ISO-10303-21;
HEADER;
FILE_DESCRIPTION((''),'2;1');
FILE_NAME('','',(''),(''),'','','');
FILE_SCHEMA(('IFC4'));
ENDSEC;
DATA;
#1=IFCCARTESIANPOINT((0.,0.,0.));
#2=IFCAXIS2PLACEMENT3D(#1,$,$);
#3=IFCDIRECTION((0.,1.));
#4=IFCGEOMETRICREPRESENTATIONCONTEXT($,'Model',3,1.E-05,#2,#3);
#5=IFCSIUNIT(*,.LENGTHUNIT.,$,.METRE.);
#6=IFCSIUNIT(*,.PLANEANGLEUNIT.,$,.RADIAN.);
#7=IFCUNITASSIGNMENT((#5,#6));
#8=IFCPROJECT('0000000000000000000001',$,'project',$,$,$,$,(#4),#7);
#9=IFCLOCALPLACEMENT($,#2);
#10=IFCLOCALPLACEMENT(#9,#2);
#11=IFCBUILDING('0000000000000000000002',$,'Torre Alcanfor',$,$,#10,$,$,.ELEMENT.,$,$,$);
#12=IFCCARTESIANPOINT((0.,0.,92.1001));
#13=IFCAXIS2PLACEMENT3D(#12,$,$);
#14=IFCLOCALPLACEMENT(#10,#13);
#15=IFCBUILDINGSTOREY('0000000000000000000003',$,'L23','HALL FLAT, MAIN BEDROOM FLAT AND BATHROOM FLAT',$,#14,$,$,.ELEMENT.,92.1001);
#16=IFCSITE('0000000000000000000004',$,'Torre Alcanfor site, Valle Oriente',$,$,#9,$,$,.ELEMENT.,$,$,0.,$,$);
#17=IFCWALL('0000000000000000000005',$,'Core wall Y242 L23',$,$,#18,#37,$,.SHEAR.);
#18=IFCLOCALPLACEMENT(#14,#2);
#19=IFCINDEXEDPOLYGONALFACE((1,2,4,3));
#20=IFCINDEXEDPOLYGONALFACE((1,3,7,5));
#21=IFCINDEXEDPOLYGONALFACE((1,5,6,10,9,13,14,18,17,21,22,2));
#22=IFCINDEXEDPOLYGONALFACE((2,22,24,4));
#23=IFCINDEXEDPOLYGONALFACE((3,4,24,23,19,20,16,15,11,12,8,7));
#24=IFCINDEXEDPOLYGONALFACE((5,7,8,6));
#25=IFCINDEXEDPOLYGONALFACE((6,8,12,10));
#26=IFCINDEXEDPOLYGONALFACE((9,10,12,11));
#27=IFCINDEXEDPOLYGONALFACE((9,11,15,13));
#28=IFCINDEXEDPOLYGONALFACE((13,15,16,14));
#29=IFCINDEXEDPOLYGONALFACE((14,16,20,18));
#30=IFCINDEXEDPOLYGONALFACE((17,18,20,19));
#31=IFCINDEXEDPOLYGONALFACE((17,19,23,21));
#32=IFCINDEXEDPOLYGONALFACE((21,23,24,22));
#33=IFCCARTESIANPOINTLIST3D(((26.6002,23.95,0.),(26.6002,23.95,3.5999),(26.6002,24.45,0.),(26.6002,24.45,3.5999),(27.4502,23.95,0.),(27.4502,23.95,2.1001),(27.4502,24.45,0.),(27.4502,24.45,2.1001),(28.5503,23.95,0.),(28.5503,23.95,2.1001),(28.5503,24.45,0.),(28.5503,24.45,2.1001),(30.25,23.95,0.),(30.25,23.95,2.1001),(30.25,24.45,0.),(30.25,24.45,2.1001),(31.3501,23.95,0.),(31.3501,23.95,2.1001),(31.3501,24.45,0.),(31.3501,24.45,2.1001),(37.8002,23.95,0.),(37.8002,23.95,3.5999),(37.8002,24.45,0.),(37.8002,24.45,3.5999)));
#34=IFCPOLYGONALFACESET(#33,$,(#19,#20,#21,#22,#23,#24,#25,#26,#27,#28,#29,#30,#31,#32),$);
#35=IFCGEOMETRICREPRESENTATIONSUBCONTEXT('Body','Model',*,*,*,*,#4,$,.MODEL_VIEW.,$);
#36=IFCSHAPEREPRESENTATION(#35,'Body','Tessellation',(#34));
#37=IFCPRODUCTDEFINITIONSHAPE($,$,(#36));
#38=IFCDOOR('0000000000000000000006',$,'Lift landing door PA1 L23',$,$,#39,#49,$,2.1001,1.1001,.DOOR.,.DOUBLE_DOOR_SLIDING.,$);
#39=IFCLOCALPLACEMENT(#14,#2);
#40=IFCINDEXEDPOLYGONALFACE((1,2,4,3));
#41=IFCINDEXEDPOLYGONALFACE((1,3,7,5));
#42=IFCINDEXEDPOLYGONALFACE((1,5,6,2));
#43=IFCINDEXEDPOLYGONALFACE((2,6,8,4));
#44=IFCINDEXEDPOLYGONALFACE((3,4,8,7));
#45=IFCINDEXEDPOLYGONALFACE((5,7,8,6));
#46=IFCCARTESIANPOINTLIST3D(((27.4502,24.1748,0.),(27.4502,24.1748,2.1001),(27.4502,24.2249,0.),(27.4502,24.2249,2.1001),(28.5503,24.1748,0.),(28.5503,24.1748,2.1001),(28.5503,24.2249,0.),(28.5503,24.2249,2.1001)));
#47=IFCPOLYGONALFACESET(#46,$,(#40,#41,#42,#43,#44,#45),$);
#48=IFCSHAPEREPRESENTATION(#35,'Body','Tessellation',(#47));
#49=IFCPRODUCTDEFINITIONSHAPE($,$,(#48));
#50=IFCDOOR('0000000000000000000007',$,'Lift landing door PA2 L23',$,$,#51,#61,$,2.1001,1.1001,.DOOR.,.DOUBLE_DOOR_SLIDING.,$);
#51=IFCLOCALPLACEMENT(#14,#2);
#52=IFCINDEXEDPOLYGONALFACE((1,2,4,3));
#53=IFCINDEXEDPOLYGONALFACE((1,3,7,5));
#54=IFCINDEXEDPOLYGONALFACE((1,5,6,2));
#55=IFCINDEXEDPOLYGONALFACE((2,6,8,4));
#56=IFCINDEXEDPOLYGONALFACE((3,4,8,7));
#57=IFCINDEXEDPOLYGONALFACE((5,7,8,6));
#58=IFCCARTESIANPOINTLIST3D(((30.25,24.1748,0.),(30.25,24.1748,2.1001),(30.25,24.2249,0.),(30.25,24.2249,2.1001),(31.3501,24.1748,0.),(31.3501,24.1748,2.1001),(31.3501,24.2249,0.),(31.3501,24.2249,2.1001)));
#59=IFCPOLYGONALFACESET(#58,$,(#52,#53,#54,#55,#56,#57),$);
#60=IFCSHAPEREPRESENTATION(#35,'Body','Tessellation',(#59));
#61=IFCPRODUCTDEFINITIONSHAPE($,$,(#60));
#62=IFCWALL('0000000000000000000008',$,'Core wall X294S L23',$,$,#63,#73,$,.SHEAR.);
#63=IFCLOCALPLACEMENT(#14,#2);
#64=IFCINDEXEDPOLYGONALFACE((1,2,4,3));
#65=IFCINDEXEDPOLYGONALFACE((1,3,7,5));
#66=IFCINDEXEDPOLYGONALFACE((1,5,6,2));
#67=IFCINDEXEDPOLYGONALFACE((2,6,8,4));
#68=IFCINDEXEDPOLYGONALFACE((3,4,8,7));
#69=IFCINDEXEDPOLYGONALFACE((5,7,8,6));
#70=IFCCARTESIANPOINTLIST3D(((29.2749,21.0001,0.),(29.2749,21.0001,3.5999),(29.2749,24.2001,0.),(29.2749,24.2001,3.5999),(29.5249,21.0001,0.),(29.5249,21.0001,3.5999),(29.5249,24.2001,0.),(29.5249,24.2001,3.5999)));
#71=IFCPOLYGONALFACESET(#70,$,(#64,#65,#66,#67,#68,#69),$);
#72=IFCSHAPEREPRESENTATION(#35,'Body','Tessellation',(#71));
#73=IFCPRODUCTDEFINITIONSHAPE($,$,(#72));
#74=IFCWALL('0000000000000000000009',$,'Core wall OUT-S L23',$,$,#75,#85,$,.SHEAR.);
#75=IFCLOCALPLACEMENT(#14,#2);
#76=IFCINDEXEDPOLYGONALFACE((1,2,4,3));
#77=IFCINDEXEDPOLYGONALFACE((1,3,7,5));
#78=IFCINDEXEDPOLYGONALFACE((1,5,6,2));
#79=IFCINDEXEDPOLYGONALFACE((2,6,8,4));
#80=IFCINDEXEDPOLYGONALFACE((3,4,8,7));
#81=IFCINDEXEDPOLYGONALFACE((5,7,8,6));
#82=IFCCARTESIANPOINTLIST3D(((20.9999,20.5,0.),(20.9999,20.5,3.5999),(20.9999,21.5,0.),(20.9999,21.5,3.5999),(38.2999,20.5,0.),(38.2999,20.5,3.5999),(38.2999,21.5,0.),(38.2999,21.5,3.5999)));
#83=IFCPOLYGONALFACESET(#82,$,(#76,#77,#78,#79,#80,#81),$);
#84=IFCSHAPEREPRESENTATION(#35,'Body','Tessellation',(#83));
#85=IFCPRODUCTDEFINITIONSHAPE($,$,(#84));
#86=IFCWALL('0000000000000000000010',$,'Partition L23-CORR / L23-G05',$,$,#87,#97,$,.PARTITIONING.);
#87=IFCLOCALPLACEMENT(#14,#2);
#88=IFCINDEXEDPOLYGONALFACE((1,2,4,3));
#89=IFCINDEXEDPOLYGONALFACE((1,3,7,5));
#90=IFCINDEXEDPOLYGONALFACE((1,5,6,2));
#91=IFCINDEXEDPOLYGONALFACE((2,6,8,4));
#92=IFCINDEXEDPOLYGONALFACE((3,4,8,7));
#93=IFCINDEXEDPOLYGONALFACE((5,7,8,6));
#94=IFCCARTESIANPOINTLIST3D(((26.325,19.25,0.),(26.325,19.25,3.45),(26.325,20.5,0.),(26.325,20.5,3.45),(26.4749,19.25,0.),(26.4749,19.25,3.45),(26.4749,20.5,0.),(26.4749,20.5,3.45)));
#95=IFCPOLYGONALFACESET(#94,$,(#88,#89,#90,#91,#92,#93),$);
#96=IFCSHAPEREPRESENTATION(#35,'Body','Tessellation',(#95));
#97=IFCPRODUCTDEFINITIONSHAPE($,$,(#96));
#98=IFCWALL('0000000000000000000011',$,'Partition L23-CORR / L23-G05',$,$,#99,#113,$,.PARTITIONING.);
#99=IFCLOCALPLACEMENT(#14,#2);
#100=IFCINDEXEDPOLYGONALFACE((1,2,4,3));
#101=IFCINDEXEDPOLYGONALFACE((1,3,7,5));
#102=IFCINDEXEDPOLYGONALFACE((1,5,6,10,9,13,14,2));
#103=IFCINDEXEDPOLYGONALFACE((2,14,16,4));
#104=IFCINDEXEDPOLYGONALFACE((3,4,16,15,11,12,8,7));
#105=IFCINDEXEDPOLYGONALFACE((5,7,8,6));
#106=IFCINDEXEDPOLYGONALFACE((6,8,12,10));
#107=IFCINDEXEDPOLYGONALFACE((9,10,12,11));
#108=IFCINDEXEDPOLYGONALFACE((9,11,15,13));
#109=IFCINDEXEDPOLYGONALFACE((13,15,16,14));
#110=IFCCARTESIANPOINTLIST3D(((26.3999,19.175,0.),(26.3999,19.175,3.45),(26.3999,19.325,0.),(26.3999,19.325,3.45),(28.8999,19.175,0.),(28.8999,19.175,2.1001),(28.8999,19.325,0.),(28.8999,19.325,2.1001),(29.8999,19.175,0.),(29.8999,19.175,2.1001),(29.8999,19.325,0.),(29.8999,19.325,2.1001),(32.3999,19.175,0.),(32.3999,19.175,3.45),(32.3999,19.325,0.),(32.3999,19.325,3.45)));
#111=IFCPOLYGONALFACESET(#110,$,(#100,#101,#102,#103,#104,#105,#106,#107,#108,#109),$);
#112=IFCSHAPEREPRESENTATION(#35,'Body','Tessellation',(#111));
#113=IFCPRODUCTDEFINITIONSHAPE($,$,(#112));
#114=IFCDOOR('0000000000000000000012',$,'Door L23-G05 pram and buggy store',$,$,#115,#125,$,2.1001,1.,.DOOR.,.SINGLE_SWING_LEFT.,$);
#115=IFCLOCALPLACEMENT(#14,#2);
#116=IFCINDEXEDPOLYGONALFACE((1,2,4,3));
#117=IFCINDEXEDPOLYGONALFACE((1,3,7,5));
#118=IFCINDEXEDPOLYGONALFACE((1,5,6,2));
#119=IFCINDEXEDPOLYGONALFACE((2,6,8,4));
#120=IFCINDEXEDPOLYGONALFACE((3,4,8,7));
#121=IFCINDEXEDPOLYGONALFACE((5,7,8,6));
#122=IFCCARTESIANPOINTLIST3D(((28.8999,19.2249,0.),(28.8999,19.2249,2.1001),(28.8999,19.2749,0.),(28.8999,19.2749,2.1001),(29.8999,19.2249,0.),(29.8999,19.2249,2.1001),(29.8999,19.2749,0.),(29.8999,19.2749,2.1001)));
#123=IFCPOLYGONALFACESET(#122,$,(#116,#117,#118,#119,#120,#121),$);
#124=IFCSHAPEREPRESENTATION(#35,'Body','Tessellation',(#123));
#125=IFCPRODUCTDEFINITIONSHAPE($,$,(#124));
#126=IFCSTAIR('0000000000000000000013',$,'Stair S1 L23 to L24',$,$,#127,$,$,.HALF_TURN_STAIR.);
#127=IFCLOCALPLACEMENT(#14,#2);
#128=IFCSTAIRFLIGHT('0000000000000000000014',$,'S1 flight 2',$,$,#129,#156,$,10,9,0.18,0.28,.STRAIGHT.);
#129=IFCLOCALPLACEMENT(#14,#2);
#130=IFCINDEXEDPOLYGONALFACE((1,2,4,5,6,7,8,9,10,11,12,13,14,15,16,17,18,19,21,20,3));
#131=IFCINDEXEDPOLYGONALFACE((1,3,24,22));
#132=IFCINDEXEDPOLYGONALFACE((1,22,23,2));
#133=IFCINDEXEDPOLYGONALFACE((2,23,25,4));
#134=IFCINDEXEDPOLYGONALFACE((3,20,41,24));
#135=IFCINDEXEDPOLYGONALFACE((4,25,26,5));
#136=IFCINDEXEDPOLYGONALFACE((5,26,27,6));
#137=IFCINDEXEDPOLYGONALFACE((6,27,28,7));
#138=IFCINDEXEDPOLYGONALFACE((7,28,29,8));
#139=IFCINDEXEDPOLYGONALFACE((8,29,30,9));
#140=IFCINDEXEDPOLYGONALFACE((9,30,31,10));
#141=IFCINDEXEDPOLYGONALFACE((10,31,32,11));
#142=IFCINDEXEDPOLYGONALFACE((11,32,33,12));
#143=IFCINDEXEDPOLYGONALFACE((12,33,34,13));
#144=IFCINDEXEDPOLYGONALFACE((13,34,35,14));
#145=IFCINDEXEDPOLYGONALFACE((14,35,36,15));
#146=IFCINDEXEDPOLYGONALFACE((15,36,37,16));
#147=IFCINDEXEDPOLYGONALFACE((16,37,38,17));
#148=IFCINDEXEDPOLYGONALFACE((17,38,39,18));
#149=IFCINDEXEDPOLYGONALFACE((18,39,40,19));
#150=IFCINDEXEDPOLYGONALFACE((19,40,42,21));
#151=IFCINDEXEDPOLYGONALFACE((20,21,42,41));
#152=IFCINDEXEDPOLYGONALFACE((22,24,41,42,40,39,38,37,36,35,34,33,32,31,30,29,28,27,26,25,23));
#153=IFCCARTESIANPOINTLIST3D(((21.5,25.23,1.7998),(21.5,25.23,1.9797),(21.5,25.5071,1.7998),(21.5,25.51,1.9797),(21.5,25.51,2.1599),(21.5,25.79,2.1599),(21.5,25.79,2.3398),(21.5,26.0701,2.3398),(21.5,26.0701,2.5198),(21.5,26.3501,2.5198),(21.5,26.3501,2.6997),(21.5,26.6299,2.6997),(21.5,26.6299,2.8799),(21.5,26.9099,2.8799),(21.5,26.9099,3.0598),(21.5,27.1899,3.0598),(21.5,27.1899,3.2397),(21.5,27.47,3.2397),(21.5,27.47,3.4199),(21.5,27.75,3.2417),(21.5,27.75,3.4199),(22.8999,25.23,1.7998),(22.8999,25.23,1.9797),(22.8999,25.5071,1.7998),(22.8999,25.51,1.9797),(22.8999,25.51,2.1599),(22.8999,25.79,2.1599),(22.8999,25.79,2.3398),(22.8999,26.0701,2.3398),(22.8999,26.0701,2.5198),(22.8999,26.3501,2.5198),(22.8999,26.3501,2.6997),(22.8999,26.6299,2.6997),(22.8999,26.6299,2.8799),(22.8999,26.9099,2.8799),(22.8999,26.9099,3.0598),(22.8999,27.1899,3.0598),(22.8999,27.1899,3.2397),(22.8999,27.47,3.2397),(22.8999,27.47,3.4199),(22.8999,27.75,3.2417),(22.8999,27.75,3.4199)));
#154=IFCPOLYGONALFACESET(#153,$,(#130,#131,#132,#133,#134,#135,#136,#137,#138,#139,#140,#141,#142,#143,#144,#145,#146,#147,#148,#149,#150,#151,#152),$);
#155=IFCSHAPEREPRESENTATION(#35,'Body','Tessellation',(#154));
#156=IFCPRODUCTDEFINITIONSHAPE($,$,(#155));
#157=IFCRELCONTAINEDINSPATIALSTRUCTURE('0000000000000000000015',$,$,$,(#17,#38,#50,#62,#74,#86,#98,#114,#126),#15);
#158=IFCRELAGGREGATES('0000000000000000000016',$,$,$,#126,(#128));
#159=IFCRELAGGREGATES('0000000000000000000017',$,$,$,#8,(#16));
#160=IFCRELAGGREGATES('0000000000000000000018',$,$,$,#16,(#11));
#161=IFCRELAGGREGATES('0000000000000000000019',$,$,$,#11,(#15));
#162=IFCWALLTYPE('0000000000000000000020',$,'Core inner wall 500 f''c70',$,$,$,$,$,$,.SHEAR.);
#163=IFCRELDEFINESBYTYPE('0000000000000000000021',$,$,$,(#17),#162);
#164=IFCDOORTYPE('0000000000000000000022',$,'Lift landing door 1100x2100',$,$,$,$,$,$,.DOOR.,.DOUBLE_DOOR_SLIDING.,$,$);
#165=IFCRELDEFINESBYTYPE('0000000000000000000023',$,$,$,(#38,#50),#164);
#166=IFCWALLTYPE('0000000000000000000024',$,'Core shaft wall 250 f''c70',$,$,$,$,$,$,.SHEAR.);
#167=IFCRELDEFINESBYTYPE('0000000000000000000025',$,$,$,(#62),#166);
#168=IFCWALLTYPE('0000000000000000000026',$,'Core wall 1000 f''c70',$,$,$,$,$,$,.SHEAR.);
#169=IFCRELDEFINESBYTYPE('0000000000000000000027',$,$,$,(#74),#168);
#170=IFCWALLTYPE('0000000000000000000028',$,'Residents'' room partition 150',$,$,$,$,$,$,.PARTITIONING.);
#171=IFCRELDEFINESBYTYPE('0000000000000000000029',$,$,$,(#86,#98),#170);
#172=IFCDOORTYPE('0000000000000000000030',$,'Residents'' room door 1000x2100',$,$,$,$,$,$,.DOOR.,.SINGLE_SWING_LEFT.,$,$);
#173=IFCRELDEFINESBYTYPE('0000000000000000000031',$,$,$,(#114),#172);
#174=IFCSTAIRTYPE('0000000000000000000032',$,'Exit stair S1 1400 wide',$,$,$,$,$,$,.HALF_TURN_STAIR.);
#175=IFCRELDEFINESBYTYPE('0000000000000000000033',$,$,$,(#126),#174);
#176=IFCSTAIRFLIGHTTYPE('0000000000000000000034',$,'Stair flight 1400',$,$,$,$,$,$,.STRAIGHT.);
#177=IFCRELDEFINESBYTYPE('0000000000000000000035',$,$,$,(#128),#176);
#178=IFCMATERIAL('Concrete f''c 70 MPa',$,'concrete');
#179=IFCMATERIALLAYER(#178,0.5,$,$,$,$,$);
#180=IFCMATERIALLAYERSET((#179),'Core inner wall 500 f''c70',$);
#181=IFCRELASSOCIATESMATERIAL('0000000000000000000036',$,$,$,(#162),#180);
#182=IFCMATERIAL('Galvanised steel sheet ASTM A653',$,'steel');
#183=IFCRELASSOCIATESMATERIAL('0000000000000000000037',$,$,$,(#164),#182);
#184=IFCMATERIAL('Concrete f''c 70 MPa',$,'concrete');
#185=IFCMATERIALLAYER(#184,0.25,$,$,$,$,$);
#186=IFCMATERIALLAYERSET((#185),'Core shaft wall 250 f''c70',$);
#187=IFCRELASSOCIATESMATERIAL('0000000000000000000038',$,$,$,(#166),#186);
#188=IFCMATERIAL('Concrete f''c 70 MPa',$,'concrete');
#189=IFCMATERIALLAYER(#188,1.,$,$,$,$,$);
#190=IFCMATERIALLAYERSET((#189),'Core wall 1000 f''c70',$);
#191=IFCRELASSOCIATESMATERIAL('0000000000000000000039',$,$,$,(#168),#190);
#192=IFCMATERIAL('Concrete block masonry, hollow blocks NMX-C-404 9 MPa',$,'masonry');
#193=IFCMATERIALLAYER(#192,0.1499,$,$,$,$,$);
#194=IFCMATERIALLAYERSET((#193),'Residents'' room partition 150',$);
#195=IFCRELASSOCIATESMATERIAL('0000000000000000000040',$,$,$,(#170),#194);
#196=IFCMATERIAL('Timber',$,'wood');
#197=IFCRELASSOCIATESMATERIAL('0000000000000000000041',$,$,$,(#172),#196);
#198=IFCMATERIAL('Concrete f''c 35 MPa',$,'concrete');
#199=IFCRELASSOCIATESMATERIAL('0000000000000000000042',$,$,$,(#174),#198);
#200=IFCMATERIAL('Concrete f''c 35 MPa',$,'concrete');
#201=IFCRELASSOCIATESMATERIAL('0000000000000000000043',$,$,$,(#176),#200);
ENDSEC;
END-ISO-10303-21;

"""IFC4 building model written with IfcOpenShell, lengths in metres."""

from ifc_helpers import new_model, si_unit, direction, frame, frame_2d, origin, place, context, subcontext, project, spatial, polyline, rectangle, outline, extrude, material, layer, layer_set, type_object, element, fill, aggregate, save


model = new_model("IFC4")

# Units and contexts
model_context = context("Model", 3, precision=1e-05, world=origin(), true_north=direction((0.0, 1.0)))
body_context = subcontext(model_context, "Body", "Model", "MODEL_VIEW")
ifc_project = project(units=[si_unit("LENGTHUNIT", "METRE"), si_unit("PLANEANGLEUNIT", "RADIAN")], contexts=[model_context])

# Site, building, storey
site_placement = place(None, origin())
site = spatial("IfcSite", under=ifc_project, at=site_placement, Name="Torre Alcanfor site, Valle Oriente", CompositionType="ELEMENT", RefElevation=0.0)
building_placement = place(site_placement, origin())
building = spatial("IfcBuilding", under=site, at=building_placement, Name="Torre Alcanfor", CompositionType="ELEMENT")
storey_placement = place(building_placement, frame((0.0, 0.0, 92.1001)))
storey = spatial("IfcBuildingStorey", under=building, at=storey_placement, Name="L23", Description="HALL FLAT, MAIN BEDROOM FLAT AND BATHROOM FLAT", CompositionType="ELEMENT", Elevation=92.1001)

# Shared definitions
ifc_material_1 = material(Name="Concrete f'c 70 MPa", Category="concrete")
ifc_layer_1 = layer(ifc_material_1, 0.5)
ifc_layer_set_1 = layer_set([ifc_layer_1], Name="Core inner wall 500 f'c70")
wall_type_1 = type_object("IfcWallType", Name="Core inner wall 500 f'c70", PredefinedType="SHEAR", material=ifc_layer_set_1)

# Wall, openings, doors
wall_1_placement = place(storey_placement, frame((26.6001, 24.2, 0.0), z_axis=(0.0, 0.0, 1.0), x_axis=(1.0, 0.0, 0.0)))
wall_1 = element("IfcWall", 1, at=wall_1_placement, inside=storey, type_object=wall_type_1, Name="Core wall Y242 L23", PredefinedType="SHEAR", context=body_context, shape_type="SweptSolid", body=[
    extrude(rectangle(XDim=11.2, YDim=0.5, at=frame_2d((5.6001, 0.0))), origin(), (0.0, 0.0, 1.0), 3.5999),
])
opening_1_placement = place(wall_1_placement, frame((0.8501, 0.0, 0.0)))
opening_1 = element("IfcOpeningElement", 2, at=opening_1_placement, cuts=wall_1, PredefinedType="OPENING", context=body_context, shape_type="SweptSolid", body=[
    extrude(rectangle(XDim=1.1001, YDim=2.1001, at=frame_2d((0.55, 1.05))), frame((0.0, 0.26, 0.0), z_axis=(0.0, -1.0, 0.0), x_axis=(1.0, 0.0, 0.0)), (0.0, 0.0, 1.0), 0.52),
])
opening_2_placement = place(wall_1_placement, frame((3.6499, 0.0, 0.0)))
opening_2 = element("IfcOpeningElement", 3, at=opening_2_placement, cuts=wall_1, PredefinedType="OPENING", context=body_context, shape_type="SweptSolid", body=[
    extrude(rectangle(XDim=1.1001, YDim=2.1001, at=frame_2d((0.55, 1.05))), frame((0.0, 0.26, 0.0), z_axis=(0.0, -1.0, 0.0), x_axis=(1.0, 0.0, 0.0)), (0.0, 0.0, 1.0), 0.52),
])
ifc_material_2 = material(Name="Galvanised steel sheet ASTM A653", Category="steel")
door_type_1 = type_object("IfcDoorType", Name="Lift landing door 1100x2100", OperationType="DOUBLE_DOOR_SLIDING", PredefinedType="DOOR", material=ifc_material_2)
door_1_placement = place(opening_1_placement, origin())
door_1 = element("IfcDoor", 4, at=door_1_placement, inside=storey, type_object=door_type_1, Name="Lift landing door PA1 L23", OperationType="DOUBLE_DOOR_SLIDING", OverallHeight=2.1001, OverallWidth=1.1001, PredefinedType="DOOR", context=body_context, shape_type="SweptSolid", body=[
    extrude(rectangle(XDim=1.1001, YDim=2.1001, at=frame_2d((0.55, 1.05))), frame((0.0, 0.0249, 0.0), z_axis=(0.0, -1.0, 0.0), x_axis=(1.0, 0.0, 0.0)), (0.0, 0.0, 1.0), 0.05),
])
fill(opening_1, door_1)
door_2_placement = place(opening_2_placement, origin())
door_2 = element("IfcDoor", 5, at=door_2_placement, inside=storey, type_object=door_type_1, Name="Lift landing door PA2 L23", OperationType="DOUBLE_DOOR_SLIDING", OverallHeight=2.1001, OverallWidth=1.1001, PredefinedType="DOOR", context=body_context, shape_type="SweptSolid", body=[
    extrude(rectangle(XDim=1.1001, YDim=2.1001, at=frame_2d((0.55, 1.05))), frame((0.0, 0.0249, 0.0), z_axis=(0.0, -1.0, 0.0), x_axis=(1.0, 0.0, 0.0)), (0.0, 0.0, 1.0), 0.05),
])
fill(opening_2, door_2)

# Walls
ifc_material_3 = material(Name="Concrete f'c 70 MPa", Category="concrete")
ifc_layer_2 = layer(ifc_material_3, 0.25)
ifc_layer_set_2 = layer_set([ifc_layer_2], Name="Core shaft wall 250 f'c70")
wall_type_2 = type_object("IfcWallType", Name="Core shaft wall 250 f'c70", PredefinedType="SHEAR", material=ifc_layer_set_2)
wall_2_placement = place(storey_placement, frame((29.3999, 21.0, 0.0), z_axis=(0.0, 0.0, 1.0), x_axis=(0.0, 1.0, 0.0)))
element("IfcWall", 6, at=wall_2_placement, inside=storey, type_object=wall_type_2, Name="Core wall X294S L23", PredefinedType="SHEAR", context=body_context, shape_type="SweptSolid", body=[
    extrude(rectangle(XDim=3.2, YDim=0.25, at=frame_2d((1.6001, 0.0))), origin(), (0.0, 0.0, 1.0), 3.5999),
])
ifc_material_4 = material(Name="Concrete f'c 70 MPa", Category="concrete")
ifc_layer_3 = layer(ifc_material_4, 1.0)
ifc_layer_set_3 = layer_set([ifc_layer_3], Name="Core wall 1000 f'c70")
wall_type_3 = type_object("IfcWallType", Name="Core wall 1000 f'c70", PredefinedType="SHEAR", material=ifc_layer_set_3)
wall_3_placement = place(storey_placement, frame((21.0, 21.0, 0.0), z_axis=(0.0, 0.0, 1.0), x_axis=(1.0, 0.0, 0.0)))
element("IfcWall", 7, at=wall_3_placement, inside=storey, type_object=wall_type_3, Name="Core wall OUT-S L23", PredefinedType="SHEAR", context=body_context, shape_type="SweptSolid", body=[
    extrude(rectangle(XDim=17.3, YDim=1.0, at=frame_2d((8.6499, 0.0))), origin(), (0.0, 0.0, 1.0), 3.5999),
])
ifc_material_5 = material(Name="Concrete block masonry, hollow blocks NMX-C-404 9 MPa", Category="masonry")
ifc_layer_4 = layer(ifc_material_5, 0.1499)
ifc_layer_set_4 = layer_set([ifc_layer_4], Name="Residents' room partition 150")
wall_type_4 = type_object("IfcWallType", Name="Residents' room partition 150", PredefinedType="PARTITIONING", material=ifc_layer_set_4)
wall_4_placement = place(storey_placement, frame((26.3999, 20.5, 0.0), z_axis=(0.0, 0.0, 1.0), x_axis=(0.0, -1.0, 0.0)))
element("IfcWall", 8, at=wall_4_placement, inside=storey, type_object=wall_type_4, Name="Partition L23-CORR / L23-G05", PredefinedType="PARTITIONING", context=body_context, shape_type="SweptSolid", body=[
    extrude(rectangle(XDim=1.25, YDim=0.1499, at=frame_2d((0.625, 0.0))), origin(), (0.0, 0.0, 1.0), 3.45),
])

# Wall, opening, door
wall_5_placement = place(storey_placement, frame((26.3999, 19.25, 0.0), z_axis=(0.0, 0.0, 1.0), x_axis=(1.0, 0.0, 0.0)))
wall_5 = element("IfcWall", 9, at=wall_5_placement, inside=storey, type_object=wall_type_4, Name="Partition L23-CORR / L23-G05", PredefinedType="PARTITIONING", context=body_context, shape_type="SweptSolid", body=[
    extrude(rectangle(XDim=6.0, YDim=0.1499, at=frame_2d((3.0, 0.0))), origin(), (0.0, 0.0, 1.0), 3.45),
])
opening_3_placement = place(wall_5_placement, frame((2.5, 0.0, 0.0)))
opening_3 = element("IfcOpeningElement", 10, at=opening_3_placement, cuts=wall_5, PredefinedType="OPENING", context=body_context, shape_type="SweptSolid", body=[
    extrude(rectangle(XDim=1.0, YDim=2.1001, at=frame_2d((0.5, 1.05))), frame((0.0, 0.085, 0.0), z_axis=(0.0, -1.0, 0.0), x_axis=(1.0, 0.0, 0.0)), (0.0, 0.0, 1.0), 0.1699),
])
ifc_material_6 = material(Name="Timber", Category="wood")
door_type_2 = type_object("IfcDoorType", Name="Residents' room door 1000x2100", OperationType="SINGLE_SWING_LEFT", PredefinedType="DOOR", material=ifc_material_6)
door_3_placement = place(opening_3_placement, origin())
door_3 = element("IfcDoor", 11, at=door_3_placement, inside=storey, type_object=door_type_2, Name="Door L23-G05 pram and buggy store", OperationType="SINGLE_SWING_LEFT", OverallHeight=2.1001, OverallWidth=1.0, PredefinedType="DOOR", context=body_context, shape_type="SweptSolid", body=[
    extrude(rectangle(XDim=1.0, YDim=2.1001, at=frame_2d((0.5, 1.05))), frame((0.0, 0.0249, 0.0), z_axis=(0.0, -1.0, 0.0), x_axis=(1.0, 0.0, 0.0)), (0.0, 0.0, 1.0), 0.05),
])
fill(opening_3, door_3)

# Stair, stair flight
ifc_material_7 = material(Name="Concrete f'c 35 MPa", Category="concrete")
stair_type = type_object("IfcStairType", Name="Exit stair S1 1400 wide", PredefinedType="HALF_TURN_STAIR", material=ifc_material_7)
stair_placement = place(storey_placement, origin())
stair = element("IfcStair", 12, at=stair_placement, inside=storey, type_object=stair_type, Name="Stair S1 L23 to L24", PredefinedType="HALF_TURN_STAIR")
ifc_material_8 = material(Name="Concrete f'c 35 MPa", Category="concrete")
stair_flight_type = type_object("IfcStairFlightType", Name="Stair flight 1400", PredefinedType="STRAIGHT", material=ifc_material_8)
stair_flight_placement = place(storey_placement, frame((22.2, 25.23, 1.7998), z_axis=(0.0, 0.0, 1.0), x_axis=(0.0, 1.0, 0.0)))
stair_flight = element("IfcStairFlight", 13, at=stair_flight_placement, type_object=stair_flight_type, Name="S1 flight 2", NumberOfRisers=10, NumberOfTreads=9, PredefinedType="STRAIGHT", RiserHeight=0.18, TreadLength=0.28, context=body_context, shape_type="SweptSolid", body=[
    extrude(outline(polyline([(0.0, 0.0), (0.0, 0.1799), (0.28, 0.1799), (0.28, 0.3601), (0.5601, 0.3601), (0.5601, 0.54), (0.8401, 0.54), (0.8401, 0.72), (1.1201, 0.72), (1.1201, 0.8999), (1.3999, 0.8999), (1.3999, 1.0801), (1.6799, 1.0801), (1.6799, 1.26), (1.96, 1.26), (1.96, 1.4399), (2.24, 1.4399), (2.24, 1.6201), (2.52, 1.6201), (2.52, 1.8), (2.52, 1.4419), (0.2771, 0.0), (0.0, 0.0)])), frame((0.0, 0.7, 0.0), z_axis=(0.0, -1.0, 0.0), x_axis=(1.0, 0.0, 0.0)), (0.0, 0.0, 1.0), 1.3999),
])
aggregate(stair, [stair_flight])

save(model, "model.ifc")
